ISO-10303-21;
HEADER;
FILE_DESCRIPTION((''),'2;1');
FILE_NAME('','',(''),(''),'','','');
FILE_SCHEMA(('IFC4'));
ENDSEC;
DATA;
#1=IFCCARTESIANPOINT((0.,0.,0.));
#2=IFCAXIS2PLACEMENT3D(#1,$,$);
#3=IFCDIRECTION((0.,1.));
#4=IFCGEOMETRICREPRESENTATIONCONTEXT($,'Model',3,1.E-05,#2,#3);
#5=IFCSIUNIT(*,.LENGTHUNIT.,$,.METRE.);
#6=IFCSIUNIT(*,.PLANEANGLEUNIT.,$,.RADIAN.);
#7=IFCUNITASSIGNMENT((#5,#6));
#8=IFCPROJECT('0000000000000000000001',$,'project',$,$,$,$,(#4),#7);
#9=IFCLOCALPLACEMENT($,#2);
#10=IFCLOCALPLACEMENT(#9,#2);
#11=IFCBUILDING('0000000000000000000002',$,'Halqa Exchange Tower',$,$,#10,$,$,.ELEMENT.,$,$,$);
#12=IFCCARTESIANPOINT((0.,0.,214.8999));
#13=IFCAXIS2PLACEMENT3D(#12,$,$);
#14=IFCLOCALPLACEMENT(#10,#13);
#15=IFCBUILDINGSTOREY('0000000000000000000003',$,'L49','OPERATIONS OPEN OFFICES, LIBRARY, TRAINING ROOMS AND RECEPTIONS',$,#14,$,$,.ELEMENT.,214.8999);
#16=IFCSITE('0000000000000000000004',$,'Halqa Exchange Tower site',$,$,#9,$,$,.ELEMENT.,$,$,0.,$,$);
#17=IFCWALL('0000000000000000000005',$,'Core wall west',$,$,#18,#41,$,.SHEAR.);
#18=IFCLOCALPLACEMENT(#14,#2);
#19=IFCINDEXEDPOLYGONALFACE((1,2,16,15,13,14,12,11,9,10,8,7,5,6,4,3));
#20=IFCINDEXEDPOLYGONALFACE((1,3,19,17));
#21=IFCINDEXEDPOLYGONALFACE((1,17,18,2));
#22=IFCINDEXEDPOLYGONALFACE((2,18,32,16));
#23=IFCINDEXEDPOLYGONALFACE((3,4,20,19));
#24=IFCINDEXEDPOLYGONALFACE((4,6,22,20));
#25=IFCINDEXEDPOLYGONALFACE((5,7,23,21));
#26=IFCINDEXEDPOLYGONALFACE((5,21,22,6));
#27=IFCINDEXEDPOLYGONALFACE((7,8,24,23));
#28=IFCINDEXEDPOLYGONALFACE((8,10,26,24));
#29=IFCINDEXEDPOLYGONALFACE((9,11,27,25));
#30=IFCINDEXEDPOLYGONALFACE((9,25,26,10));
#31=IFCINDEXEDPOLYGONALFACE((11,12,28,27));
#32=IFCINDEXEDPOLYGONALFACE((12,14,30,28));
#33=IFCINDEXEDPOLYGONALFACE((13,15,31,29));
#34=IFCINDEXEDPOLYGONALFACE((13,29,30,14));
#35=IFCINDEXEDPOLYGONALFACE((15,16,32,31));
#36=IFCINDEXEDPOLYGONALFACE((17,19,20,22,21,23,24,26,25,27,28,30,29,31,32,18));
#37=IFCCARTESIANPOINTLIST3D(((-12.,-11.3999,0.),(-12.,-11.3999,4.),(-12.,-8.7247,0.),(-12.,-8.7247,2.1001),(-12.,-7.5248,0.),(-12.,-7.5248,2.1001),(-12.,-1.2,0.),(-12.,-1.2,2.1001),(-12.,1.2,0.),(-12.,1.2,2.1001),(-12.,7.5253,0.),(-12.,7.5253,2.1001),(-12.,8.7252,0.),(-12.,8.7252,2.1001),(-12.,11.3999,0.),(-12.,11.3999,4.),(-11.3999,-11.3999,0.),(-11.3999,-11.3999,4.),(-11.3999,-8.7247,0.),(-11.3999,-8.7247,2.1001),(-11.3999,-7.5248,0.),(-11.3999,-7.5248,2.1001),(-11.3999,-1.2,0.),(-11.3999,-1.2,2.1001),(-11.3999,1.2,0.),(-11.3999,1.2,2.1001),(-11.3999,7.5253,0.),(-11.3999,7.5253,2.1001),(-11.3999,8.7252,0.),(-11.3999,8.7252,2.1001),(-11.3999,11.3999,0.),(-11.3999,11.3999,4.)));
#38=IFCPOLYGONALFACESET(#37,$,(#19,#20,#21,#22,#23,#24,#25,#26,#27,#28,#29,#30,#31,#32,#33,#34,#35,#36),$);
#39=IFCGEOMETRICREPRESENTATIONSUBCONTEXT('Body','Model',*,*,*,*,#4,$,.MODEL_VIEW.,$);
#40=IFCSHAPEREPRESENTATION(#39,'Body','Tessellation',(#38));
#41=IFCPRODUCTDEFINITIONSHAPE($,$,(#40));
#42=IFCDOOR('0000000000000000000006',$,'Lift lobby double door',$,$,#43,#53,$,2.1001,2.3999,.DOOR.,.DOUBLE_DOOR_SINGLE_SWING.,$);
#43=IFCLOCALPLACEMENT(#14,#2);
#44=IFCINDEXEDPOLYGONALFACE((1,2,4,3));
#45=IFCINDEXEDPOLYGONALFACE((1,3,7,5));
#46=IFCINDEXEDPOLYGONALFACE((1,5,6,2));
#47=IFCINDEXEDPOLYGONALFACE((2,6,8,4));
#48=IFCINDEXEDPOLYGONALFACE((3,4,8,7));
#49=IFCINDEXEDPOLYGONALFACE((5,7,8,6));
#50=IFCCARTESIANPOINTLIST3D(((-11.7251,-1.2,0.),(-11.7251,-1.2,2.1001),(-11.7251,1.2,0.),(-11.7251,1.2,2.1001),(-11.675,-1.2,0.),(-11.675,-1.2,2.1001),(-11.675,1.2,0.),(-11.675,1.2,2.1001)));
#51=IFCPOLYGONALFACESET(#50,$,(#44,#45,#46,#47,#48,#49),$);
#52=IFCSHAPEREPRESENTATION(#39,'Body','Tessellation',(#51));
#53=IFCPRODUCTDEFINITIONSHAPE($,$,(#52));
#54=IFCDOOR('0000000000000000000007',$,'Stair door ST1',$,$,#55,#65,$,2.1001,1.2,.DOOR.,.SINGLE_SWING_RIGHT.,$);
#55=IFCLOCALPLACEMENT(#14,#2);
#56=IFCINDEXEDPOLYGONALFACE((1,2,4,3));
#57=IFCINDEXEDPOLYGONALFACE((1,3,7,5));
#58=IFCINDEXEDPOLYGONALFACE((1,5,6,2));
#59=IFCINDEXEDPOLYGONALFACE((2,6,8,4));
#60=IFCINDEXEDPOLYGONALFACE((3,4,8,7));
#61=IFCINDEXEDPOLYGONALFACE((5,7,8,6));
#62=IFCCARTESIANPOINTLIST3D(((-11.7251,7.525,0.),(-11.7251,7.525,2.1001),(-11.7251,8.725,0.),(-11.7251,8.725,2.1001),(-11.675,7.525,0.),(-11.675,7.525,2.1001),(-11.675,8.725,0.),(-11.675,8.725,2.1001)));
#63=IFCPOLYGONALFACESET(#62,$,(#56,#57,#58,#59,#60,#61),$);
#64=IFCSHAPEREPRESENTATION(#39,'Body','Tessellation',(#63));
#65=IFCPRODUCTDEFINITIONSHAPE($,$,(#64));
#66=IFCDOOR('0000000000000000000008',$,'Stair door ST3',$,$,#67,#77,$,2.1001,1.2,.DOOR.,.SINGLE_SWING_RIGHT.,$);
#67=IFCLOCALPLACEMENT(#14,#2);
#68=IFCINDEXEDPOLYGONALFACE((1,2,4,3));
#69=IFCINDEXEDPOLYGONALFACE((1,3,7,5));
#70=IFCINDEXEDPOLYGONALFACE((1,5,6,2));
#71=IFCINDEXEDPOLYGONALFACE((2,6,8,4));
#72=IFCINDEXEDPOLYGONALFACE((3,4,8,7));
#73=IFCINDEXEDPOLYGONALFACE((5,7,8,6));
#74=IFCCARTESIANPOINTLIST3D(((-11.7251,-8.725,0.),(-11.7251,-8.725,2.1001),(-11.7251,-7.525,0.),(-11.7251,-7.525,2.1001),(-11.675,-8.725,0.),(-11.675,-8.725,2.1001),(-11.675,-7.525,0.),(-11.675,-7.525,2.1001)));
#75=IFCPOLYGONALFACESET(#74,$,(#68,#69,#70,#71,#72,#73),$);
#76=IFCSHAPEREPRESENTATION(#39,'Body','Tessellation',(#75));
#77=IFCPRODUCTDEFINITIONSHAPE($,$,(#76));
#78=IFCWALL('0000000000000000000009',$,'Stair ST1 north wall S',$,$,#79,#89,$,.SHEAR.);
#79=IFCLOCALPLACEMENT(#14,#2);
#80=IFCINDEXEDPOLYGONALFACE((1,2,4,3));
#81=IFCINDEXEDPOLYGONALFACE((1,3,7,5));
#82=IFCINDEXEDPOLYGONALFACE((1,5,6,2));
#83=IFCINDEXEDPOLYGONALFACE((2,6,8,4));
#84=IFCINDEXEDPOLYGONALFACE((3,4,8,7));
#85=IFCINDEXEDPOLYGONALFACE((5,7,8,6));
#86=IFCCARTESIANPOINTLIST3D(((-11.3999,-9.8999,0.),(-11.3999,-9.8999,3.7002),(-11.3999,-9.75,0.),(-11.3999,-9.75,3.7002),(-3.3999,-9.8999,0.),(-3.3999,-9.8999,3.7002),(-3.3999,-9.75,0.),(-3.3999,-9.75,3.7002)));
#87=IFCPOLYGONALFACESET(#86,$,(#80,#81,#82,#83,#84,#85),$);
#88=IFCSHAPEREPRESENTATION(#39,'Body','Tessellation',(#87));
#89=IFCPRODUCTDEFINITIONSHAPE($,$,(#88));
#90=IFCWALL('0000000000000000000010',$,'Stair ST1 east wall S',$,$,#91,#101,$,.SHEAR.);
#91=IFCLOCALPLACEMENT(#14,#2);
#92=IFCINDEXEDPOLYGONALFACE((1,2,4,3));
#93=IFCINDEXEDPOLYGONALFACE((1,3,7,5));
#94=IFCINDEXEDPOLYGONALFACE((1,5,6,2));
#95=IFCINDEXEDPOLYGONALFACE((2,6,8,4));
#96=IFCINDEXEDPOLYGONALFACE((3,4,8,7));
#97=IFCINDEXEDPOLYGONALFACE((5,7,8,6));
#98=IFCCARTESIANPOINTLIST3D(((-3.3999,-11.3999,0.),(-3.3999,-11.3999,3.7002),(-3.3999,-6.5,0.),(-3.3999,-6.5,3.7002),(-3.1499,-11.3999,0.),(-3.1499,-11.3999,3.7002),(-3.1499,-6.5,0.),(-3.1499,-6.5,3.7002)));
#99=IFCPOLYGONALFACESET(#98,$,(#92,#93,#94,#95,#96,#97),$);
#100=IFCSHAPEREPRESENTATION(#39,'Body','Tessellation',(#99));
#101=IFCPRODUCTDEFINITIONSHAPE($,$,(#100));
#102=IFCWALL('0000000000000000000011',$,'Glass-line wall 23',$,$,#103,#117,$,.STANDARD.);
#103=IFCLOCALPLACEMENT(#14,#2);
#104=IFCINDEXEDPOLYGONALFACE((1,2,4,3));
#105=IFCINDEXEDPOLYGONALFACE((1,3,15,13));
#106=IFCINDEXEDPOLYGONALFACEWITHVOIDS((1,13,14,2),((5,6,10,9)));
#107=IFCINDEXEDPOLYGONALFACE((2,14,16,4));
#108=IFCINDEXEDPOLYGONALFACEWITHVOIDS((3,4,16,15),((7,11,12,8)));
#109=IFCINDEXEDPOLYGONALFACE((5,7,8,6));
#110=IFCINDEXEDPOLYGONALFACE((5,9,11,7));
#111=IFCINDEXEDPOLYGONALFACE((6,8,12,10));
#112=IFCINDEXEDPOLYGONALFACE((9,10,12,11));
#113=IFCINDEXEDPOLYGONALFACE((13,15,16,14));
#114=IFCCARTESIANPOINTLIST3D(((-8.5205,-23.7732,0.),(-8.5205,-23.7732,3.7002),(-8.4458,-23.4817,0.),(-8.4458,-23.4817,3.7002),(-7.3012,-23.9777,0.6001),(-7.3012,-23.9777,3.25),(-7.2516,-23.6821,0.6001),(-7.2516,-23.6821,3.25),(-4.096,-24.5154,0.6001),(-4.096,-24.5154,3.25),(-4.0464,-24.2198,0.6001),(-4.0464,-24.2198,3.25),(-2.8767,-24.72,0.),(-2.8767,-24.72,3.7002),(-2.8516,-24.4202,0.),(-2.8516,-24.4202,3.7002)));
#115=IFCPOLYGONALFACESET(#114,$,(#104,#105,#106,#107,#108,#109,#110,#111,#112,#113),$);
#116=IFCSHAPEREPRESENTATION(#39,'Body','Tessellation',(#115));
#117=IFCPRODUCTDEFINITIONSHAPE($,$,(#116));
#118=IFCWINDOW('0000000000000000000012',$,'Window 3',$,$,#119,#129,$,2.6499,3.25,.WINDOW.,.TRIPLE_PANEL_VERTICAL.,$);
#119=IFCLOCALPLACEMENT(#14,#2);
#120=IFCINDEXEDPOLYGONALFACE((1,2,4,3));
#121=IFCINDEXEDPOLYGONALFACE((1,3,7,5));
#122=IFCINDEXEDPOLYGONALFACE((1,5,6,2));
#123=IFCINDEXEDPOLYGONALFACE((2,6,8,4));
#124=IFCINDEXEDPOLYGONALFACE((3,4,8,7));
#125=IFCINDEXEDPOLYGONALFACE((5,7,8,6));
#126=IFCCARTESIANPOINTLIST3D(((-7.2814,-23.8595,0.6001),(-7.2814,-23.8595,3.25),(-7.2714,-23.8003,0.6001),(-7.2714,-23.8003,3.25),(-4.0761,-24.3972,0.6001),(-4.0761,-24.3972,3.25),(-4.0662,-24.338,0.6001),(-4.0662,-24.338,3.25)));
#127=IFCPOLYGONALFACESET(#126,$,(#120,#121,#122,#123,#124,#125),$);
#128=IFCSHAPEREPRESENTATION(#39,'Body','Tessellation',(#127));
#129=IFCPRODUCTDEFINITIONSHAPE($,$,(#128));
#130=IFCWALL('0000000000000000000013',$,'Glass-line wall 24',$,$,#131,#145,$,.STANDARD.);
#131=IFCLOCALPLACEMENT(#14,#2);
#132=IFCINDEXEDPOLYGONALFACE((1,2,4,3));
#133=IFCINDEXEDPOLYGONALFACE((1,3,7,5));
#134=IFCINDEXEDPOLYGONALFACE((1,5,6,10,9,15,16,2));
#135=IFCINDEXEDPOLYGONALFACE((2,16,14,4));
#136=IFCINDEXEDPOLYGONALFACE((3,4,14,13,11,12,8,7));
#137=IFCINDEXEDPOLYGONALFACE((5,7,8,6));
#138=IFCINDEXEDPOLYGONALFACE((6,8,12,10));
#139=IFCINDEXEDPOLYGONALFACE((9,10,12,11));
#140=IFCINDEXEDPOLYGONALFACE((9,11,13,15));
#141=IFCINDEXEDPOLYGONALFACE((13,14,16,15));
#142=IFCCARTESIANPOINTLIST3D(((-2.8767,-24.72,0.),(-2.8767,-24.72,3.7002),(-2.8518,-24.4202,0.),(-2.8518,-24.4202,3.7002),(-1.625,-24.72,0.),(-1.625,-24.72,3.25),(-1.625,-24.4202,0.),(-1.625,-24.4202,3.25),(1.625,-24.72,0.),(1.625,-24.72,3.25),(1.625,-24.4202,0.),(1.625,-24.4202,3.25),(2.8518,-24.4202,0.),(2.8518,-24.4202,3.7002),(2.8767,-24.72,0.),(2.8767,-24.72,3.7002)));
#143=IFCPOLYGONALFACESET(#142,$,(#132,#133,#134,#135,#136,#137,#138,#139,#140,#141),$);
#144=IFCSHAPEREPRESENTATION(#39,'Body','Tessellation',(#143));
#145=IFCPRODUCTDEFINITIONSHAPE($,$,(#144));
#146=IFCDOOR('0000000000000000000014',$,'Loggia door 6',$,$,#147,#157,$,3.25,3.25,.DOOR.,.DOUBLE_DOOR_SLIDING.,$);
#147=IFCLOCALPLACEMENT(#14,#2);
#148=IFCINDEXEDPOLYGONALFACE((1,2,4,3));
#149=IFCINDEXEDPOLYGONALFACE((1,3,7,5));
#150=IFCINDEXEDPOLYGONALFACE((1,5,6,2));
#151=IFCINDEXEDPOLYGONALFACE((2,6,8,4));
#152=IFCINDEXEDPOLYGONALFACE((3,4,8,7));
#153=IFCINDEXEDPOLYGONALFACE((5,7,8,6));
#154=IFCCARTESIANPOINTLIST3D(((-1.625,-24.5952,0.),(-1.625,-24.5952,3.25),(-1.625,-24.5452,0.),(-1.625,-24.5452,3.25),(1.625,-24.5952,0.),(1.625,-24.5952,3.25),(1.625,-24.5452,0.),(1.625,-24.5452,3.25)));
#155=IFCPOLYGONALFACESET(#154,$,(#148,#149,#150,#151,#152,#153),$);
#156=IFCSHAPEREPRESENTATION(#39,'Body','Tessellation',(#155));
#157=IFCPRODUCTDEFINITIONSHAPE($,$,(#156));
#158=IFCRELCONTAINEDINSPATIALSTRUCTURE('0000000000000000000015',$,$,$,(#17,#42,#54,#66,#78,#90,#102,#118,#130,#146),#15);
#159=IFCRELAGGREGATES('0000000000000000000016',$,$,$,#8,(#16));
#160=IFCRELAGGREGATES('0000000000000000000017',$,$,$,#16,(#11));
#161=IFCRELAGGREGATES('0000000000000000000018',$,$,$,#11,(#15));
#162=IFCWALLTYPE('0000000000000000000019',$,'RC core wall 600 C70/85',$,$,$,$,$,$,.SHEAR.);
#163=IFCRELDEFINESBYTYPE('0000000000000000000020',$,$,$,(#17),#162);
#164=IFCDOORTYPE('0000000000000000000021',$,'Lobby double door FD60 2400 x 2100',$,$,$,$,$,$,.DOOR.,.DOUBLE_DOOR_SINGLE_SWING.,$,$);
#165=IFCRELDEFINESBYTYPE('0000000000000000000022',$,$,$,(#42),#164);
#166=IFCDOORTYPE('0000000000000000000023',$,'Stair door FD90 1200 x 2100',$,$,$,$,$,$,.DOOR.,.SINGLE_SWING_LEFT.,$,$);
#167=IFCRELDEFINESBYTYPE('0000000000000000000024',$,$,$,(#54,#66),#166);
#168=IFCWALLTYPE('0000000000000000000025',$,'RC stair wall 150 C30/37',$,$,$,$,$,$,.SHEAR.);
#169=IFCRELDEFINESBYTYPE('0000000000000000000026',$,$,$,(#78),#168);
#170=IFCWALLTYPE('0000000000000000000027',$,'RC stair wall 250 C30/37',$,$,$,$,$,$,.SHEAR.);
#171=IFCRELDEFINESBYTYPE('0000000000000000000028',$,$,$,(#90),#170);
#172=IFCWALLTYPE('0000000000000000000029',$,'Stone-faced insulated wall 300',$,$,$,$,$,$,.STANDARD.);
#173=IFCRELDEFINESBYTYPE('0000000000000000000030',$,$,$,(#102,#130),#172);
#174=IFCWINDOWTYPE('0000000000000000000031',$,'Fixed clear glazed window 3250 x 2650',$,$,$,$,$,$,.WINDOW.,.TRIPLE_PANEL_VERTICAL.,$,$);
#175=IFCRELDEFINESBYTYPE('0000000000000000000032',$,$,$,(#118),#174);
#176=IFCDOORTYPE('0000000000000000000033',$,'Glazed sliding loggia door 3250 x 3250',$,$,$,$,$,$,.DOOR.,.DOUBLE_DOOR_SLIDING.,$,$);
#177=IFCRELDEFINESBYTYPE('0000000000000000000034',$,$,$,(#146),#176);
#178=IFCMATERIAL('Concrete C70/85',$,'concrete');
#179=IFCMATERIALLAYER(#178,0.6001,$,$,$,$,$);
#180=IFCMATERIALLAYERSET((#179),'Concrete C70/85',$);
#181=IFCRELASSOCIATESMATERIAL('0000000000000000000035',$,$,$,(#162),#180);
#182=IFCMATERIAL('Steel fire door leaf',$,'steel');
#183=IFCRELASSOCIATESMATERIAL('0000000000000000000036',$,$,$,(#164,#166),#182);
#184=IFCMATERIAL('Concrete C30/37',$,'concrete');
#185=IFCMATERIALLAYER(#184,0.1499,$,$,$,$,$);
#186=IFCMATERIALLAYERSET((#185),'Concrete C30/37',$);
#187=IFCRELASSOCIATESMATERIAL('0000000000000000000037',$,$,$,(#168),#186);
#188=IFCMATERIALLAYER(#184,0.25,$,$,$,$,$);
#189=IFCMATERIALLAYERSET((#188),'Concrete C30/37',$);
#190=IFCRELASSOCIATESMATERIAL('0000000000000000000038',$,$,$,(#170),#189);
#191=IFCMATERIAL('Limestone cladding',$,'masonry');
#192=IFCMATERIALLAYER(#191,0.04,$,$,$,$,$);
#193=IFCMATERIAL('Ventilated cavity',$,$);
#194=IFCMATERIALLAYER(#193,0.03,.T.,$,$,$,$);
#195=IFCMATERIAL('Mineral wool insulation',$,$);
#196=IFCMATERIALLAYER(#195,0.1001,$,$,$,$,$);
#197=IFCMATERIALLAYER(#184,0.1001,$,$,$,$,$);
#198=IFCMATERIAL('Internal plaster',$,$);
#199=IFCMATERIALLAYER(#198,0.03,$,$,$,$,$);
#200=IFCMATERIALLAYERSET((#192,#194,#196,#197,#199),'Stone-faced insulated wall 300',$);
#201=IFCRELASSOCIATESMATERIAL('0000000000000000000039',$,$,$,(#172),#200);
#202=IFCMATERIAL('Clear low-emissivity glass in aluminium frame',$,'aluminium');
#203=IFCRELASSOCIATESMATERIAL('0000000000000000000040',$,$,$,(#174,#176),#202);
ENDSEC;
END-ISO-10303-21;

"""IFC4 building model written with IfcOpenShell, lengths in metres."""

from ifc_helpers import new_model, si_unit, direction, frame, frame_2d, origin, place, context, subcontext, project, spatial, polyline, rectangle, outline, extrude, material, layer, layer_set, type_object, element, fill, save


model = new_model("IFC4")

# Units and contexts
model_context = context("Model", 3, precision=1e-05, world=origin(), true_north=direction((0.0, 1.0)))
body_context = subcontext(model_context, "Body", "Model", "MODEL_VIEW")
ifc_project = project(units=[si_unit("LENGTHUNIT", "METRE"), si_unit("PLANEANGLEUNIT", "RADIAN")], contexts=[model_context])

# Site, building, storey
site_placement = place(None, origin())
site = spatial("IfcSite", under=ifc_project, at=site_placement, Name="Halqa Exchange Tower site", CompositionType="ELEMENT", RefElevation=0.0)
building_placement = place(site_placement, origin())
building = spatial("IfcBuilding", under=site, at=building_placement, Name="Halqa Exchange Tower", CompositionType="ELEMENT")
storey_placement = place(building_placement, frame((0.0, 0.0, 214.8999)))
storey = spatial("IfcBuildingStorey", under=building, at=storey_placement, Name="L49", Description="OPERATIONS OPEN OFFICES, LIBRARY, TRAINING ROOMS AND RECEPTIONS", CompositionType="ELEMENT", Elevation=214.8999)

# Wall, openings, doors
ifc_material_1 = material(Name="Concrete C70/85", Category="concrete")
ifc_layer_1 = layer(ifc_material_1, 0.6001)
ifc_layer_set_1 = layer_set([ifc_layer_1], Name="Concrete C70/85")
wall_type_1 = type_object("IfcWallType", Name="RC core wall 600 C70/85", PredefinedType="SHEAR", material=ifc_layer_set_1)
wall_1_placement = place(storey_placement, frame((-11.7, -11.3999, 0.0), z_axis=(0.0, 0.0, 1.0), x_axis=(0.0, 1.0, 0.0)))
wall_1 = element("IfcWall", 1, at=wall_1_placement, inside=storey, type_object=wall_type_1, Name="Core wall west", PredefinedType="SHEAR", context=body_context, shape_type="SweptSolid", body=[
    extrude(rectangle(XDim=22.7998, YDim=0.6001, at=frame_2d((11.3999, 0.0))), origin(), (0.0, 0.0, 1.0), 4.0),
])
opening_1_placement = place(wall_1_placement, frame((10.2, 0.0, 0.0)))
opening_1 = element("IfcOpeningElement", 2, at=opening_1_placement, cuts=wall_1, PredefinedType="OPENING", context=body_context, shape_type="SweptSolid", body=[
    extrude(rectangle(XDim=2.3999, YDim=2.1001, at=frame_2d((1.2, 1.05))), frame((0.0, 0.312, 0.0), z_axis=(0.0, -1.0, 0.0), x_axis=(1.0, 0.0, 0.0)), (0.0, 0.0, 1.0), 0.624),
])
opening_2_placement = place(wall_1_placement, frame((18.925, 0.0, 0.0)))
opening_2 = element("IfcOpeningElement", 3, at=opening_2_placement, cuts=wall_1, PredefinedType="OPENING", context=body_context, shape_type="SweptSolid", body=[
    extrude(rectangle(XDim=1.2, YDim=2.1001, at=frame_2d((0.6001, 1.05))), frame((0.0, 0.312, 0.0), z_axis=(0.0, -1.0, 0.0), x_axis=(1.0, 0.0, 0.0)), (0.0, 0.0, 1.0), 0.624),
])
opening_3_placement = place(wall_1_placement, frame((2.675, 0.0, 0.0)))
opening_3 = element("IfcOpeningElement", 4, at=opening_3_placement, cuts=wall_1, PredefinedType="OPENING", context=body_context, shape_type="SweptSolid", body=[
    extrude(rectangle(XDim=1.2, YDim=2.1001, at=frame_2d((0.6001, 1.05))), frame((0.0, 0.312, 0.0), z_axis=(0.0, -1.0, 0.0), x_axis=(1.0, 0.0, 0.0)), (0.0, 0.0, 1.0), 0.624),
])
ifc_material_2 = material(Name="Steel fire door leaf", Category="steel")
door_type_1 = type_object("IfcDoorType", Name="Lobby double door FD60 2400 x 2100", OperationType="DOUBLE_DOOR_SINGLE_SWING", PredefinedType="DOOR", material=ifc_material_2)
door_1_placement = place(opening_1_placement, frame((2.3999, 0.0, 0.0), z_axis=(0.0, 0.0, 1.0), x_axis=(-1.0, 0.0, 0.0)))
door_1 = element("IfcDoor", 5, at=door_1_placement, inside=storey, type_object=door_type_1, Name="Lift lobby double door", OperationType="DOUBLE_DOOR_SINGLE_SWING", OverallHeight=2.1001, OverallWidth=2.3999, PredefinedType="DOOR", context=body_context, shape_type="SweptSolid", body=[
    extrude(rectangle(XDim=2.3999, YDim=2.1001, at=frame_2d((1.2, 1.05))), frame((0.0, 0.0249, 0.0), z_axis=(0.0, -1.0, 0.0), x_axis=(1.0, 0.0, 0.0)), (0.0, 0.0, 1.0), 0.05),
])
fill(opening_1, door_1)
door_type_2 = type_object("IfcDoorType", Name="Stair door FD90 1200 x 2100", OperationType="SINGLE_SWING_LEFT", PredefinedType="DOOR", material=ifc_material_2)
door_2_placement = place(opening_2_placement, frame((1.2, 0.0, 0.0), z_axis=(0.0, 0.0, 1.0), x_axis=(-1.0, 0.0, 0.0)))
door_2 = element("IfcDoor", 6, at=door_2_placement, inside=storey, type_object=door_type_2, Name="Stair door ST1", OperationType="SINGLE_SWING_RIGHT", OverallHeight=2.1001, OverallWidth=1.2, PredefinedType="DOOR", context=body_context, shape_type="SweptSolid", body=[
    extrude(rectangle(XDim=1.2, YDim=2.1001, at=frame_2d((0.6001, 1.05))), frame((0.0, 0.0249, 0.0), z_axis=(0.0, -1.0, 0.0), x_axis=(1.0, 0.0, 0.0)), (0.0, 0.0, 1.0), 0.05),
])
fill(opening_2, door_2)
door_3_placement = place(opening_3_placement, frame((1.2, 0.0, 0.0), z_axis=(0.0, 0.0, 1.0), x_axis=(-1.0, 0.0, 0.0)))
door_3 = element("IfcDoor", 7, at=door_3_placement, inside=storey, type_object=door_type_2, Name="Stair door ST3", OperationType="SINGLE_SWING_RIGHT", OverallHeight=2.1001, OverallWidth=1.2, PredefinedType="DOOR", context=body_context, shape_type="SweptSolid", body=[
    extrude(rectangle(XDim=1.2, YDim=2.1001, at=frame_2d((0.6001, 1.05))), frame((0.0, 0.0249, 0.0), z_axis=(0.0, -1.0, 0.0), x_axis=(1.0, 0.0, 0.0)), (0.0, 0.0, 1.0), 0.05),
])
fill(opening_3, door_3)

# Walls
ifc_material_3 = material(Name="Concrete C30/37", Category="concrete")
ifc_layer_2 = layer(ifc_material_3, 0.1499)
ifc_layer_set_2 = layer_set([ifc_layer_2], Name="Concrete C30/37")
wall_type_2 = type_object("IfcWallType", Name="RC stair wall 150 C30/37", PredefinedType="SHEAR", material=ifc_layer_set_2)
wall_2_placement = place(storey_placement, frame((-11.3999, -9.825, 0.0), z_axis=(0.0, 0.0, 1.0), x_axis=(1.0, 0.0, 0.0)))
element("IfcWall", 8, at=wall_2_placement, inside=storey, type_object=wall_type_2, Name="Stair ST1 north wall S", PredefinedType="SHEAR", context=body_context, shape_type="SweptSolid", body=[
    extrude(rectangle(XDim=8.0, YDim=0.1499, at=frame_2d((4.0, 0.0))), origin(), (0.0, 0.0, 1.0), 3.7002),
])
ifc_layer_3 = layer(ifc_material_3, 0.25)
ifc_layer_set_3 = layer_set([ifc_layer_3], Name="Concrete C30/37")
wall_type_3 = type_object("IfcWallType", Name="RC stair wall 250 C30/37", PredefinedType="SHEAR", material=ifc_layer_set_3)
wall_3_placement = place(storey_placement, frame((-3.2749, -11.3999, 0.0), z_axis=(0.0, 0.0, 1.0), x_axis=(0.0, 1.0, 0.0)))
element("IfcWall", 9, at=wall_3_placement, inside=storey, type_object=wall_type_3, Name="Stair ST1 east wall S", PredefinedType="SHEAR", context=body_context, shape_type="SweptSolid", body=[
    extrude(rectangle(XDim=4.8999, YDim=0.25, at=frame_2d((2.45, 0.0))), origin(), (0.0, 0.0, 1.0), 3.7002),
])

# Wall, opening, window
ifc_material_4 = material(Name="Limestone cladding", Category="masonry")
ifc_layer_4 = layer(ifc_material_4, 0.04)
ifc_material_5 = material(Name="Ventilated cavity")
ifc_layer_5 = layer(ifc_material_5, 0.03, ventilated=True)
ifc_material_6 = material(Name="Mineral wool insulation")
ifc_layer_6 = layer(ifc_material_6, 0.1001)
ifc_layer_7 = layer(ifc_material_3, 0.1001)
ifc_material_7 = material(Name="Internal plaster")
ifc_layer_8 = layer(ifc_material_7, 0.03)
ifc_layer_set_4 = layer_set([ifc_layer_4, ifc_layer_5, ifc_layer_6, ifc_layer_7, ifc_layer_8], Name="Stone-faced insulated wall 300")
wall_type_4 = type_object("IfcWallType", Name="Stone-faced insulated wall 300", PredefinedType="STANDARD", material=ifc_layer_set_4)
wall_4_placement = place(storey_placement, frame((-8.4832, -23.6274, 0.0), z_axis=(0.0, 0.0, 1.0), x_axis=(0.986218, -0.165448, 0.0)))
wall_4 = element("IfcWall", 10, at=wall_4_placement, inside=storey, type_object=wall_type_4, Name="Glass-line wall 23", PredefinedType="STANDARD", context=body_context, shape_type="SweptSolid", body=[
    extrude(outline(polyline([(-0.0127, -0.1499), (5.71, -0.1499), (5.6851, 0.1499), (0.0127, 0.1499), (-0.0127, -0.1499)])), origin(), (0.0, 0.0, 1.0), 3.7002),
])
opening_4_placement = place(wall_4_placement, frame((1.2236, 0.0, 0.6001)))
opening_4 = element("IfcOpeningElement", 11, at=opening_4_placement, cuts=wall_4, PredefinedType="OPENING", context=body_context, shape_type="SweptSolid", body=[
    extrude(rectangle(XDim=3.25, YDim=2.6499, at=frame_2d((1.625, 1.325))), frame((0.0, 0.1621, 0.0), z_axis=(0.0, -1.0, 0.0), x_axis=(1.0, 0.0, 0.0)), (0.0, 0.0, 1.0), 0.324),
])
ifc_material_8 = material(Name="Clear low-emissivity glass in aluminium frame", Category="aluminium")
window_type = type_object("IfcWindowType", Name="Fixed clear glazed window 3250 x 2650", PartitioningType="TRIPLE_PANEL_VERTICAL", PredefinedType="WINDOW", material=ifc_material_8)
window_placement = place(opening_4_placement, origin())
window = element("IfcWindow", 12, at=window_placement, inside=storey, type_object=window_type, Name="Window 3", OverallHeight=2.6499, OverallWidth=3.25, PartitioningType="TRIPLE_PANEL_VERTICAL", PredefinedType="WINDOW", context=body_context, shape_type="SweptSolid", body=[
    extrude(rectangle(XDim=3.25, YDim=2.6499, at=frame_2d((1.625, 1.325))), frame((0.0, 0.03, 0.0), z_axis=(0.0, -1.0, 0.0), x_axis=(1.0, 0.0, 0.0)), (0.0, 0.0, 1.0), 0.0601),
])
fill(opening_4, window)

# Wall, opening, door
wall_5_placement = place(storey_placement, frame((-2.8643, -24.5701, 0.0), z_axis=(0.0, 0.0, 1.0), x_axis=(1.0, 0.0, 0.0)))
wall_5 = element("IfcWall", 13, at=wall_5_placement, inside=storey, type_object=wall_type_4, Name="Glass-line wall 24", PredefinedType="STANDARD", context=body_context, shape_type="SweptSolid", body=[
    extrude(outline(polyline([(-0.0125, -0.1499), (5.741, -0.1499), (5.7161, 0.1499), (0.0125, 0.1499), (-0.0125, -0.1499)])), origin(), (0.0, 0.0, 1.0), 3.7002),
])
opening_5_placement = place(wall_5_placement, frame((1.2393, 0.0, 0.0)))
opening_5 = element("IfcOpeningElement", 14, at=opening_5_placement, cuts=wall_5, PredefinedType="OPENING", context=body_context, shape_type="SweptSolid", body=[
    extrude(rectangle(XDim=3.25, YDim=3.25, at=frame_2d((1.625, 1.625))), frame((0.0, 0.1621, 0.0), z_axis=(0.0, -1.0, 0.0), x_axis=(1.0, 0.0, 0.0)), (0.0, 0.0, 1.0), 0.324),
])
door_type_3 = type_object("IfcDoorType", Name="Glazed sliding loggia door 3250 x 3250", OperationType="DOUBLE_DOOR_SLIDING", PredefinedType="DOOR", material=ifc_material_8)
door_4_placement = place(opening_5_placement, origin())
door_4 = element("IfcDoor", 15, at=door_4_placement, inside=storey, type_object=door_type_3, Name="Loggia door 6", OperationType="DOUBLE_DOOR_SLIDING", OverallHeight=3.25, OverallWidth=3.25, PredefinedType="DOOR", context=body_context, shape_type="SweptSolid", body=[
    extrude(rectangle(XDim=3.25, YDim=3.25, at=frame_2d((1.625, 1.625))), frame((0.0, 0.0249, 0.0), z_axis=(0.0, -1.0, 0.0), x_axis=(1.0, 0.0, 0.0)), (0.0, 0.0, 1.0), 0.05),
])
fill(opening_5, door_4)

save(model, "model.ifc")
